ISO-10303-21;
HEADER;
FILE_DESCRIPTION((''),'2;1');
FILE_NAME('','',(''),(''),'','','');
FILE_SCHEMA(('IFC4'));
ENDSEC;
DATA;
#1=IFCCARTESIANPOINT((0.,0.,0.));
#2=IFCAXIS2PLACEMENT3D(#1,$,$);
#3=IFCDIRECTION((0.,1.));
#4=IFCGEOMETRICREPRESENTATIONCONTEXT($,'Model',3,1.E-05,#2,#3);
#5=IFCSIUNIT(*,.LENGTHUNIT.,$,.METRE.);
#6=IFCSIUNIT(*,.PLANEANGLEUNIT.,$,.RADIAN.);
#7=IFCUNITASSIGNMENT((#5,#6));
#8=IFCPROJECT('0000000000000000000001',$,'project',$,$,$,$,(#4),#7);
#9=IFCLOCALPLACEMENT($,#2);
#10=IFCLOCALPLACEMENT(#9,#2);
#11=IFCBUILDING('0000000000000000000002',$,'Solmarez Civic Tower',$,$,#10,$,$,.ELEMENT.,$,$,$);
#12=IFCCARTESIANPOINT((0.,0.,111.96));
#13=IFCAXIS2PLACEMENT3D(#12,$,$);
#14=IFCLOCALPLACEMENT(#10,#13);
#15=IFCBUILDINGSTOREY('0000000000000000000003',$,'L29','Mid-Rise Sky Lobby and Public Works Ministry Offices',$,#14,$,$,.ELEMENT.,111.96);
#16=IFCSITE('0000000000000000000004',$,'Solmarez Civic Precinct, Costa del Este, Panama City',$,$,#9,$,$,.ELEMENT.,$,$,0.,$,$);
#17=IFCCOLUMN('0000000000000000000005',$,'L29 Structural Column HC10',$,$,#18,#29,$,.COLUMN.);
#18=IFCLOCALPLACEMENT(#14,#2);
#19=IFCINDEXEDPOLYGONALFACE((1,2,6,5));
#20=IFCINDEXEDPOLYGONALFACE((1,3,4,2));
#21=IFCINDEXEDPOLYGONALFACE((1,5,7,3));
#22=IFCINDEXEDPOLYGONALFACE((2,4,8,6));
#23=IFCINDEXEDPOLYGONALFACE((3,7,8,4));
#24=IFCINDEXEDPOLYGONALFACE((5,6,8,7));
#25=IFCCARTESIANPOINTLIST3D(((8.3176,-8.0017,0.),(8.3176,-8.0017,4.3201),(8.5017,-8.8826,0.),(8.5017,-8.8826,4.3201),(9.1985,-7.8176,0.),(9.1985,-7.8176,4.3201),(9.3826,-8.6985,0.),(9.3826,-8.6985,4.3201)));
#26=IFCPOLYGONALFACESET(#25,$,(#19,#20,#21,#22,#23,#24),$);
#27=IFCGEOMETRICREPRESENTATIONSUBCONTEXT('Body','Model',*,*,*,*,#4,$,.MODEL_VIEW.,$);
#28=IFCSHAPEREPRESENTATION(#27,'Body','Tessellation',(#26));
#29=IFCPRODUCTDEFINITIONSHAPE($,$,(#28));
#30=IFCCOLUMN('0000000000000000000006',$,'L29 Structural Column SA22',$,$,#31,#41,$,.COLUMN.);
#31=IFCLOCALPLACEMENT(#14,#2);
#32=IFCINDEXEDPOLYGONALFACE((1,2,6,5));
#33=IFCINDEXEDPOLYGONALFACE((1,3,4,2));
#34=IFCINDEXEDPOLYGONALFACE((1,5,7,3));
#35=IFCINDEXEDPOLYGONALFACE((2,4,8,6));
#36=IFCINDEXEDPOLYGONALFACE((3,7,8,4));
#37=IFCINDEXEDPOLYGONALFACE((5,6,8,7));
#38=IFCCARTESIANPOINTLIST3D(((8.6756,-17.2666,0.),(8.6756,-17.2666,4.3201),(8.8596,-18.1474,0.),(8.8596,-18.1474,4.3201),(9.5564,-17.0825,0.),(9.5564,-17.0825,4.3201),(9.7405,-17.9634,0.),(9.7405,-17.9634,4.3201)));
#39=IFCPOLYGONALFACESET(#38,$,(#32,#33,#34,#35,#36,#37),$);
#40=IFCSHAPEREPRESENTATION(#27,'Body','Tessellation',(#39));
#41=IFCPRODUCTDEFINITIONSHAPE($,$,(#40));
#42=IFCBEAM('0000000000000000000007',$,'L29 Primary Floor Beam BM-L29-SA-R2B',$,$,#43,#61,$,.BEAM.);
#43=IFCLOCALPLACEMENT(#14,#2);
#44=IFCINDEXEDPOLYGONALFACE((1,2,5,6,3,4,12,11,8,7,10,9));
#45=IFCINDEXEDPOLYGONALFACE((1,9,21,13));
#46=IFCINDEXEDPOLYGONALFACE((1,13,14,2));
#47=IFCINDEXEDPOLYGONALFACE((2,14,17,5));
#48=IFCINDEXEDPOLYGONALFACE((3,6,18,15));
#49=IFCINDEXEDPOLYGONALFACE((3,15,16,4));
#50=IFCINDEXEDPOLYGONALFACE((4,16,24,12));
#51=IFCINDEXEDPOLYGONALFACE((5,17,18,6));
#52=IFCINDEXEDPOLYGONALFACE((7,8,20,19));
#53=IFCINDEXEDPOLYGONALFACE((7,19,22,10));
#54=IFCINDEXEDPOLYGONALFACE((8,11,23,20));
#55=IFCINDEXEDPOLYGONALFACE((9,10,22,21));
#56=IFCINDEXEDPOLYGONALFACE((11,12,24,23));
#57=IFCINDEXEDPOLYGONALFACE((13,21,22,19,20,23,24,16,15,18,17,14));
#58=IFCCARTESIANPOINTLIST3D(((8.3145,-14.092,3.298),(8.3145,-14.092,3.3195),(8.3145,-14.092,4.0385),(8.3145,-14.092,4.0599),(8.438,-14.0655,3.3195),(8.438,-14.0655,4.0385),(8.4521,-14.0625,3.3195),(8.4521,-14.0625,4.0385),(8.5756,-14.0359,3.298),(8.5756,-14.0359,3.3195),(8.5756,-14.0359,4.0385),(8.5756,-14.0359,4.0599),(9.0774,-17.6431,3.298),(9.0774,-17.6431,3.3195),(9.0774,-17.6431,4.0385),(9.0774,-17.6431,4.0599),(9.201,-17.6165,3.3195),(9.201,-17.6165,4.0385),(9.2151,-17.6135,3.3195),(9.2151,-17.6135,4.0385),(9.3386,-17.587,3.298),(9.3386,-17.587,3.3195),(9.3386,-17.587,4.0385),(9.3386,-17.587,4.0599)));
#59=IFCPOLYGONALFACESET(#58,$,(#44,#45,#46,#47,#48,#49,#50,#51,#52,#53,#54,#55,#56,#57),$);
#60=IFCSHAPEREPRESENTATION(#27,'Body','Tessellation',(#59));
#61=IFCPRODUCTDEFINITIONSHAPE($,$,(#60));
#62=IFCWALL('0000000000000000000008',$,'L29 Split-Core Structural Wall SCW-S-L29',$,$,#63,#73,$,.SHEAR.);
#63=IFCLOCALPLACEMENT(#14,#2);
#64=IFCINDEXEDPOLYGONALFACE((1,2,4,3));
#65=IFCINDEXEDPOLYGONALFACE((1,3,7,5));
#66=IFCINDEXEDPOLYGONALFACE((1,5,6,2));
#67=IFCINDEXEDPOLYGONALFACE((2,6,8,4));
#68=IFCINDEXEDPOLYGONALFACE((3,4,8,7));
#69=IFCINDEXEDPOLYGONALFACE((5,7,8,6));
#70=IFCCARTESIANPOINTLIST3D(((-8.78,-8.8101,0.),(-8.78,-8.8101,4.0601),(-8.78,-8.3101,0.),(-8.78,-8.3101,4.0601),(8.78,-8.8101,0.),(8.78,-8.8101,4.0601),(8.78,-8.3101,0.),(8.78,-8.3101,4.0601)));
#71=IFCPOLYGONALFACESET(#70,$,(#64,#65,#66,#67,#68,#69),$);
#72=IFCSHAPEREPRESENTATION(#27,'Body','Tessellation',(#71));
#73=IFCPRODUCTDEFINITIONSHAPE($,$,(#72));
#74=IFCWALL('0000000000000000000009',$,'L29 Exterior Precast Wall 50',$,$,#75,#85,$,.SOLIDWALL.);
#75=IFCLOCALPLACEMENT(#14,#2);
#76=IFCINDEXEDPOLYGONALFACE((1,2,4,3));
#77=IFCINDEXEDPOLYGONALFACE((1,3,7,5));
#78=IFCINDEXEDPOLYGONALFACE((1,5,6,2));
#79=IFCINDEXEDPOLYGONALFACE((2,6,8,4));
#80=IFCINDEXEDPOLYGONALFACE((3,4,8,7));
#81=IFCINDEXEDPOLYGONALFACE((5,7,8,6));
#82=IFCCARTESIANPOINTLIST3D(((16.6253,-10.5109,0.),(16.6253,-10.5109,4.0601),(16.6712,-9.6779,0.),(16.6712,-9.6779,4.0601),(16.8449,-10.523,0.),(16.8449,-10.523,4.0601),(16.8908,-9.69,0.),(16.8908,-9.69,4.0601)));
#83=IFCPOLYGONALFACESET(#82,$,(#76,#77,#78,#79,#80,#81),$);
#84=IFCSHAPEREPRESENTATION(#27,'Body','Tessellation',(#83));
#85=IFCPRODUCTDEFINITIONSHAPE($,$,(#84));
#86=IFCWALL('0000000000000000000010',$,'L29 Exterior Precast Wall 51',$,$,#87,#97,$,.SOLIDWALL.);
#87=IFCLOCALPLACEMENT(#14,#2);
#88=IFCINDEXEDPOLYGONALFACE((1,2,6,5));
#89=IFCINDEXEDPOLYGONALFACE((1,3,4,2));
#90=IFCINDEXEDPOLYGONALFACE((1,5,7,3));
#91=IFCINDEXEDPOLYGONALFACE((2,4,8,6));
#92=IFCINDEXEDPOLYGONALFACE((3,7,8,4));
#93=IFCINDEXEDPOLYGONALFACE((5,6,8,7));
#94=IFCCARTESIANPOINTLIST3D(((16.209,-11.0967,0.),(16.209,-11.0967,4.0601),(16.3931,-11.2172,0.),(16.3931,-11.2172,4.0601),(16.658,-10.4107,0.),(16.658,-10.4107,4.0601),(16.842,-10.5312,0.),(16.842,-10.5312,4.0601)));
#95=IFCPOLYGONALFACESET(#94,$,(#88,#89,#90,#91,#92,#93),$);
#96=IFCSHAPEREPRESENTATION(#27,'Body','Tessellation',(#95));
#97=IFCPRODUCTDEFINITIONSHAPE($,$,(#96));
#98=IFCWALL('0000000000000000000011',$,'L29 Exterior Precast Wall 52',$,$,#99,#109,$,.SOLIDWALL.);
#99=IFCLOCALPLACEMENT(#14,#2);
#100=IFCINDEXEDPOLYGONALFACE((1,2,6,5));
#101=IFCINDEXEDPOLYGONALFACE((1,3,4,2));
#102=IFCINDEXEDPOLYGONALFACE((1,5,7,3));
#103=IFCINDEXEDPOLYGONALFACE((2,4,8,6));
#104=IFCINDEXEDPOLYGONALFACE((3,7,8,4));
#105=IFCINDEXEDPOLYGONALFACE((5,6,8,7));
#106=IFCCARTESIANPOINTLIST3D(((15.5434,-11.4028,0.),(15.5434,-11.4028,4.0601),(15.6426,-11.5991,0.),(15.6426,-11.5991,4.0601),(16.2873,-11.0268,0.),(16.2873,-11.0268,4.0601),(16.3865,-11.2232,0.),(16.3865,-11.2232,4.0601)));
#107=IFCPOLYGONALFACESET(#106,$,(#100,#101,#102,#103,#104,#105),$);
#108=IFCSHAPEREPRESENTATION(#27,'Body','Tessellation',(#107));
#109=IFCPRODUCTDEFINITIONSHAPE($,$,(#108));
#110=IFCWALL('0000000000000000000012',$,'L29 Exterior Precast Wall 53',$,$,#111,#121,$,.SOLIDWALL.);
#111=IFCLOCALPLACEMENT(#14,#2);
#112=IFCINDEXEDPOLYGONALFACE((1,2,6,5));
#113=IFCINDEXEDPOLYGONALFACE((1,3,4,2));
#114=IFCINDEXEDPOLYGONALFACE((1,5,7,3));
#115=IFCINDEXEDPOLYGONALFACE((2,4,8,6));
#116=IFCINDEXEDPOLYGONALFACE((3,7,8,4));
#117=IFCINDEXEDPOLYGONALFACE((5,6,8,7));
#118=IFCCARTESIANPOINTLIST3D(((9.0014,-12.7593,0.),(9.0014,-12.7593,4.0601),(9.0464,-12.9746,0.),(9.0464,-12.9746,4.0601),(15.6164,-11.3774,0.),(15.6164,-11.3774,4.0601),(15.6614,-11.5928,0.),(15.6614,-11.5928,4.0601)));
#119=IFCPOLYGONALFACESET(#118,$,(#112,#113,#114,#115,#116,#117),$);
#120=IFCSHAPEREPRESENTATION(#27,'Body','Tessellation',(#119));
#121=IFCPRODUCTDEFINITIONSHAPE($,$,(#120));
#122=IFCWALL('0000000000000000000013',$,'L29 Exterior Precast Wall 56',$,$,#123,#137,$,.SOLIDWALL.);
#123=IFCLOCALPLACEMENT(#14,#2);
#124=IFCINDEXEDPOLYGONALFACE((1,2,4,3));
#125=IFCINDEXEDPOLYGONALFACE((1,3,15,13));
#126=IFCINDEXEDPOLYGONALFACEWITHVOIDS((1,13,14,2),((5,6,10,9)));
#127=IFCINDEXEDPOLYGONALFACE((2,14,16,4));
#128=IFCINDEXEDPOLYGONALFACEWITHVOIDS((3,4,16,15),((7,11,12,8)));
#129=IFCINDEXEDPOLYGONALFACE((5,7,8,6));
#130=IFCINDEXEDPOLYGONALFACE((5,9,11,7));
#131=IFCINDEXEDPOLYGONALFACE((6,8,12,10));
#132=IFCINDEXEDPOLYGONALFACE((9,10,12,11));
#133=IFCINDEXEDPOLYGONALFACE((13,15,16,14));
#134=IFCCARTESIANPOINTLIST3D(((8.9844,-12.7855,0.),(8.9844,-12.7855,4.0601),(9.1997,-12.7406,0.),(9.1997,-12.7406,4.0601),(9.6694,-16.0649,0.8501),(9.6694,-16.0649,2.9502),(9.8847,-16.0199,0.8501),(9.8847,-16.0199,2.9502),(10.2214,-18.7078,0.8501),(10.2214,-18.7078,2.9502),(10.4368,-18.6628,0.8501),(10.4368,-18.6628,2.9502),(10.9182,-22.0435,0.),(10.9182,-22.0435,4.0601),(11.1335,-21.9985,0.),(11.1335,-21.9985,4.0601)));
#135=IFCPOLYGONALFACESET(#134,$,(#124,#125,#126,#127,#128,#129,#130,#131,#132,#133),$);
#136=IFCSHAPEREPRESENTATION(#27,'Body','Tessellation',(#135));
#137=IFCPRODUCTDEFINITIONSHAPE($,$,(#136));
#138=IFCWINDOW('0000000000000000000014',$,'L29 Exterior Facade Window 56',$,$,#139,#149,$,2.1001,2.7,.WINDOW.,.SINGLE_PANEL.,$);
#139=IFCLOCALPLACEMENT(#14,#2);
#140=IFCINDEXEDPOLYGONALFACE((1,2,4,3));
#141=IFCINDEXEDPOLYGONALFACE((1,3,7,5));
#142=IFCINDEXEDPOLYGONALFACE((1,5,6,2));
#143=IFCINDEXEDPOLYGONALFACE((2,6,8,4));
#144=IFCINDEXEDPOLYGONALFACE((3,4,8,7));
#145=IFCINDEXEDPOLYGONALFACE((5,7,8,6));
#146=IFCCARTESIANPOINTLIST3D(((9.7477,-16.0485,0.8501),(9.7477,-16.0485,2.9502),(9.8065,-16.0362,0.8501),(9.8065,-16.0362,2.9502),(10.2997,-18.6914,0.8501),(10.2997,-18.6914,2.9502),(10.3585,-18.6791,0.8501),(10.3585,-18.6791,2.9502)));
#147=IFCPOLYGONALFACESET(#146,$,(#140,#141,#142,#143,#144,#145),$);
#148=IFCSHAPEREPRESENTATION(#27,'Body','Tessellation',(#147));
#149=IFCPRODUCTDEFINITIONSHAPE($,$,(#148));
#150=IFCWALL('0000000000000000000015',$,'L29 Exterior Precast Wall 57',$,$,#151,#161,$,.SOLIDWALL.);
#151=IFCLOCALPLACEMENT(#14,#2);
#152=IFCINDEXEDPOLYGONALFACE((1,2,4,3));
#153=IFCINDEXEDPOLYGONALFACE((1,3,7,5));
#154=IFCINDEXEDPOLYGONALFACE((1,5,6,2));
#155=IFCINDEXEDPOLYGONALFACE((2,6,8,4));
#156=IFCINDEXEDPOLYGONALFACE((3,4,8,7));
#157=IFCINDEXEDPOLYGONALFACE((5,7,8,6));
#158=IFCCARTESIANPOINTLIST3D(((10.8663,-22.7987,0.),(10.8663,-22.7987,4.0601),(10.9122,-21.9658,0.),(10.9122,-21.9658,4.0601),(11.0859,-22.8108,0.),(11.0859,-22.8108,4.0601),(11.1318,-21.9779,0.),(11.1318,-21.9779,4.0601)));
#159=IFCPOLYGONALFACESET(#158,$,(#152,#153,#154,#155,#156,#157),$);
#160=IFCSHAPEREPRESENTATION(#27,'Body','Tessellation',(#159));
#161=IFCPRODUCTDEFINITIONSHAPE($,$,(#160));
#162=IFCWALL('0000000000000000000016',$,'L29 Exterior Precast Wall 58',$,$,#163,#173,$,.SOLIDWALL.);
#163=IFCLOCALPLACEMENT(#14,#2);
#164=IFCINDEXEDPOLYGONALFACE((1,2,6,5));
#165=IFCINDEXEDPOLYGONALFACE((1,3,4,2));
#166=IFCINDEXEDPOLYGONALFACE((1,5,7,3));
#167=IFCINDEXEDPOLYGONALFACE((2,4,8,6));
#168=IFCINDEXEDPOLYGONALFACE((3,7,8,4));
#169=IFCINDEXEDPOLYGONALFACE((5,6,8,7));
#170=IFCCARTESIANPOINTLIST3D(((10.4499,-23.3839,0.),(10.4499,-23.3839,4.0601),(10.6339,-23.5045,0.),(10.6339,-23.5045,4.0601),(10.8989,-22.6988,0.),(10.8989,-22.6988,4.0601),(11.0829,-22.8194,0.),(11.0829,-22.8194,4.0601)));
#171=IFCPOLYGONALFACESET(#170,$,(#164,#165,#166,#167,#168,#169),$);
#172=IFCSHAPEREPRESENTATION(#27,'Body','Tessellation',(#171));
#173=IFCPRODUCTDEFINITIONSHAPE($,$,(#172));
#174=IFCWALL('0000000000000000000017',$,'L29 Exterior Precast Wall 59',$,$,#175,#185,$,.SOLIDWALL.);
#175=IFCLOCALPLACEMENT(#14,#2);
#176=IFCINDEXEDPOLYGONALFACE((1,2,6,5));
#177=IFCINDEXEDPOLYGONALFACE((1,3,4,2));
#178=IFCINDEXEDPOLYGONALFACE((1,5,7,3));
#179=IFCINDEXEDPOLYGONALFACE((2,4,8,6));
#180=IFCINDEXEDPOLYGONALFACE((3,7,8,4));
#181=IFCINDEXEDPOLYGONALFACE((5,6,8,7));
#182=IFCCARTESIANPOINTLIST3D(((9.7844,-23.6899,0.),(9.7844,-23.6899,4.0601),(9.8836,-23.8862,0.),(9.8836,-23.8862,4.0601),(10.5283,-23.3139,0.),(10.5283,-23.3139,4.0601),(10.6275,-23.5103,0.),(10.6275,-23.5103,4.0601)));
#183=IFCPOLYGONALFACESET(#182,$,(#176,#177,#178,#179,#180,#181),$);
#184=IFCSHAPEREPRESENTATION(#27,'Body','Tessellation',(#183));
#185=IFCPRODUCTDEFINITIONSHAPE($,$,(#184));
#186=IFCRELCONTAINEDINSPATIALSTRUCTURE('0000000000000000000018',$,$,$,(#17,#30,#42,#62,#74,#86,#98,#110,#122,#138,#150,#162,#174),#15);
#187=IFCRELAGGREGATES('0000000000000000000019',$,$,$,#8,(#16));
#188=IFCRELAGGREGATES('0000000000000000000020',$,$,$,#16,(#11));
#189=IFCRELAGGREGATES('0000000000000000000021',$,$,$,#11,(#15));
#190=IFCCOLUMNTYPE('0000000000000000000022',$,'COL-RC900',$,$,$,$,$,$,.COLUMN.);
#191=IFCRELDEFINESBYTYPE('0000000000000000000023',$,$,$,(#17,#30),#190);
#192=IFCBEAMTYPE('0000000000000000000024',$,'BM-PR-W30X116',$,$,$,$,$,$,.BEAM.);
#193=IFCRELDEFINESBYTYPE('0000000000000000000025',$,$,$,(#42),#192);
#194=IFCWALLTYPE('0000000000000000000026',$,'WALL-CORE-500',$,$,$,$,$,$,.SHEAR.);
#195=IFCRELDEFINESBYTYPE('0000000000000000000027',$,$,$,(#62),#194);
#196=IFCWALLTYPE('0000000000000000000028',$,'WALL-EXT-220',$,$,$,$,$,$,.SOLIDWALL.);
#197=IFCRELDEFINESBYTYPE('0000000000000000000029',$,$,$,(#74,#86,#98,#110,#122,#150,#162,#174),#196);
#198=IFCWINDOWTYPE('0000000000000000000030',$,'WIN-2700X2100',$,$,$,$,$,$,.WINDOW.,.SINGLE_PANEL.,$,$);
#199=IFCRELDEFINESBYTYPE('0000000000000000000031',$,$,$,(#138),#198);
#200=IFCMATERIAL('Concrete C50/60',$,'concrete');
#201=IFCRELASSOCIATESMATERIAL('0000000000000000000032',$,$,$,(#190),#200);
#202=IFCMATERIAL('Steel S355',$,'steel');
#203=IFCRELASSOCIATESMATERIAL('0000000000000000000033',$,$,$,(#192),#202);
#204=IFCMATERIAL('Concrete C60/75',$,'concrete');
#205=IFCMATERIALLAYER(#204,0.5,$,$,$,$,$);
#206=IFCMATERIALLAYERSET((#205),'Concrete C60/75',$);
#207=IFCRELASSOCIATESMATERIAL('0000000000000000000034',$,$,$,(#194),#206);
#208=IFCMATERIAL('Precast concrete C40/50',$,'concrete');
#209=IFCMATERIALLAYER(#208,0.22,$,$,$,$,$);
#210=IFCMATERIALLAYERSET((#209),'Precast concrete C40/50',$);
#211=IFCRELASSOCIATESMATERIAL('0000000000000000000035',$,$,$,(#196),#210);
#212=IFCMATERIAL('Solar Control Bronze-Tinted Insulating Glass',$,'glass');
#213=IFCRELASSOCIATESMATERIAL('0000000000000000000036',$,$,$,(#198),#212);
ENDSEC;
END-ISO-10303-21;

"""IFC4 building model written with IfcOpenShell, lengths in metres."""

from ifc_helpers import new_model, si_unit, direction, frame, frame_2d, origin, origin_2d, place, context, subcontext, project, spatial, rectangle, i_section, extrude, material, layer, layer_set, material_profile, profile_set, type_object, element, fill, save


model = new_model("IFC4")

# Units and contexts
model_context = context("Model", 3, precision=1e-05, world=origin(), true_north=direction((0.0, 1.0)))
body_context = subcontext(model_context, "Body", "Model", "MODEL_VIEW")
ifc_project = project(units=[si_unit("LENGTHUNIT", "METRE"), si_unit("PLANEANGLEUNIT", "RADIAN")], contexts=[model_context])

# Site, building, storey
site_placement = place(None, origin())
site = spatial("IfcSite", under=ifc_project, at=site_placement, Name="Solmarez Civic Precinct, Costa del Este, Panama City", CompositionType="ELEMENT", RefElevation=0.0)
building_placement = place(site_placement, origin())
building = spatial("IfcBuilding", under=site, at=building_placement, Name="Solmarez Civic Tower", CompositionType="ELEMENT")
storey_placement = place(building_placement, frame((0.0, 0.0, 111.96)))
storey = spatial("IfcBuildingStorey", under=building, at=storey_placement, Name="L29", Description="Mid-Rise Sky Lobby and Public Works Ministry Offices", CompositionType="ELEMENT", Elevation=111.96)

# Columns
ifc_material_1 = material(Name="Concrete C50/60", Category="concrete")
ifc_material_profile_1 = material_profile(ifc_material_1, rectangle(XDim=0.8999, YDim=0.8999, at=origin_2d()), Name="RC900X900")
ifc_profile_set_1 = profile_set([ifc_material_profile_1], Name="Concrete C50/60")
column_type = type_object("IfcColumnType", Name="COL-RC900", PredefinedType="COLUMN", material=ifc_profile_set_1)
for number, where, z_axis, x_axis, name in (
    (1, (8.8501, -8.3501, 0.0), (0.0, 0.0, 1.0), (0.978867, 0.204496, 0.0), "L29 Structural Column HC10"),
    (2, (9.208, -17.615, 0.0), (0.0, 0.0, 1.0), (0.978867, 0.204496, 0.0), "L29 Structural Column SA22"),
):
    element("IfcColumn", number, at=place(storey_placement, frame(where, z_axis=z_axis, x_axis=x_axis)), inside=storey, type_object=column_type, Name=name, PredefinedType="COLUMN", context=body_context, shape_type="SweptSolid", body=[
        extrude(rectangle(XDim=0.8999, YDim=0.8999, at=origin_2d()), origin(), (0.0, 0.0, 1.0), 4.3201),
    ])

# Beam
ifc_material_2 = material(Name="Steel S355", Category="steel")
ifc_material_profile_2 = material_profile(ifc_material_2, i_section(OverallWidth=0.2671, OverallDepth=0.762, WebThickness=0.0144, FlangeThickness=0.0215, at=origin_2d()), Name="W30X116")
ifc_profile_set_2 = profile_set([ifc_material_profile_2], Name="Steel S355")
beam_type = type_object("IfcBeamType", Name="BM-PR-W30X116", PredefinedType="BEAM", material=ifc_profile_set_2)
beam_placement = place(storey_placement, frame((8.4451, -14.064, 3.679), z_axis=(0.210057, -0.977689, 0.0), x_axis=(0.977689, 0.210057, 0.0)))
element("IfcBeam", 3, at=beam_placement, inside=storey, type_object=beam_type, Name="L29 Primary Floor Beam BM-L29-SA-R2B", PredefinedType="BEAM", context=body_context, shape_type="SweptSolid", body=[
    extrude(i_section(OverallWidth=0.2671, OverallDepth=0.762, WebThickness=0.0144, FlangeThickness=0.0215, at=origin_2d()), origin(), (0.0, 0.0, 1.0), 3.6321),
])

# Walls
ifc_material_3 = material(Name="Concrete C60/75", Category="concrete")
ifc_layer_1 = layer(ifc_material_3, 0.5)
ifc_layer_set_1 = layer_set([ifc_layer_1], Name="Concrete C60/75")
wall_type_1 = type_object("IfcWallType", Name="WALL-CORE-500", PredefinedType="SHEAR", material=ifc_layer_set_1)
wall_1_placement = place(storey_placement, frame((8.78, -8.5601, 0.0), z_axis=(0.0, 0.0, 1.0), x_axis=(-1.0, 0.0, 0.0)))
element("IfcWall", 4, at=wall_1_placement, inside=storey, type_object=wall_type_1, Name="L29 Split-Core Structural Wall SCW-S-L29", PredefinedType="SHEAR", context=body_context, shape_type="SweptSolid", body=[
    extrude(rectangle(XDim=17.5601, YDim=0.5, at=frame_2d((8.78, 0.0))), origin(), (0.0, 0.0, 1.0), 4.0601),
])
ifc_material_4 = material(Name="Precast concrete C40/50", Category="concrete")
ifc_layer_2 = layer(ifc_material_4, 0.22)
ifc_layer_set_2 = layer_set([ifc_layer_2], Name="Precast concrete C40/50")
wall_type_2 = type_object("IfcWallType", Name="WALL-EXT-220", PredefinedType="SOLIDWALL", material=ifc_layer_set_2)
wall_2_placement = place(storey_placement, frame((16.781, -9.6841, 0.0), z_axis=(0.0, 0.0, 1.0), x_axis=(-0.055016, -0.998485, 0.0)))
element("IfcWall", 5, at=wall_2_placement, inside=storey, type_object=wall_type_2, Name="L29 Exterior Precast Wall 50", PredefinedType="SOLIDWALL", context=body_context, shape_type="SweptSolid", body=[
    extrude(rectangle(XDim=0.8342, YDim=0.22, at=frame_2d((0.417, 0.0))), origin(), (0.0, 0.0, 1.0), 4.0601),
])
wall_3_placement = place(storey_placement, frame((16.75, -10.4709, 0.0), z_axis=(0.0, 0.0, 1.0), x_axis=(-0.547602, -0.836739, 0.0)))
element("IfcWall", 6, at=wall_3_placement, inside=storey, type_object=wall_type_2, Name="L29 Exterior Precast Wall 51", PredefinedType="SOLIDWALL", context=body_context, shape_type="SweptSolid", body=[
    extrude(rectangle(XDim=0.8198, YDim=0.22, at=frame_2d((0.4099, 0.0))), origin(), (0.0, 0.0, 1.0), 4.0601),
])
wall_4_placement = place(storey_placement, frame((16.3369, -11.125, 0.0), z_axis=(0.0, 0.0, 1.0), x_axis=(-0.892486, -0.451076, 0.0)))
element("IfcWall", 7, at=wall_4_placement, inside=storey, type_object=wall_type_2, Name="L29 Exterior Precast Wall 52", PredefinedType="SOLIDWALL", context=body_context, shape_type="SweptSolid", body=[
    extrude(rectangle(XDim=0.8335, YDim=0.22, at=frame_2d((0.4167, 0.0))), origin(), (0.0, 0.0, 1.0), 4.0601),
])
wall_5_placement = place(storey_placement, frame((15.6389, -11.4851, 0.0), z_axis=(0.0, 0.0, 1.0), x_axis=(-0.978871, -0.204481, 0.0)))
element("IfcWall", 8, at=wall_5_placement, inside=storey, type_object=wall_type_2, Name="L29 Exterior Precast Wall 53", PredefinedType="SOLIDWALL", context=body_context, shape_type="SweptSolid", body=[
    extrude(rectangle(XDim=6.7578, YDim=0.22, at=frame_2d((3.3789, 0.0))), origin(), (0.0, 0.0, 1.0), 4.0601),
])

# Wall, opening, window
wall_6_placement = place(storey_placement, frame((9.092, -12.7629, 0.0), z_axis=(0.0, 0.0, 1.0), x_axis=(0.204469, -0.978873, 0.0)))
wall_6 = element("IfcWall", 9, at=wall_6_placement, inside=storey, type_object=wall_type_2, Name="L29 Exterior Precast Wall 56", PredefinedType="SOLIDWALL", context=body_context, shape_type="SweptSolid", body=[
    extrude(rectangle(XDim=9.4578, YDim=0.22, at=frame_2d((4.729, 0.0))), origin(), (0.0, 0.0, 1.0), 4.0601),
])
opening_1_placement = place(wall_6_placement, frame((3.3501, 0.0, 0.8501)))
opening_1 = element("IfcOpeningElement", 10, at=opening_1_placement, cuts=wall_6, PredefinedType="OPENING", context=body_context, shape_type="SweptSolid", body=[
    extrude(rectangle(XDim=2.7, YDim=2.1001, at=frame_2d((1.3501, 1.05))), frame((0.0, 0.1199, 0.0), z_axis=(0.0, -1.0, 0.0), x_axis=(1.0, 0.0, 0.0)), (0.0, 0.0, 1.0), 0.24),
])
ifc_material_5 = material(Name="Solar Control Bronze-Tinted Insulating Glass", Category="glass")
window_type_1 = type_object("IfcWindowType", Name="WIN-2700X2100", PartitioningType="SINGLE_PANEL", PredefinedType="WINDOW", material=ifc_material_5)
window_1_placement = place(opening_1_placement, origin())
window_1 = element("IfcWindow", 11, at=window_1_placement, inside=storey, type_object=window_type_1, Name="L29 Exterior Facade Window 56", OverallHeight=2.1001, OverallWidth=2.7, PartitioningType="SINGLE_PANEL", PredefinedType="WINDOW", context=body_context, shape_type="SweptSolid", body=[
    extrude(rectangle(XDim=2.7, YDim=2.1001, at=frame_2d((1.3501, 1.05))), frame((0.0, 0.03, 0.0), z_axis=(0.0, -1.0, 0.0), x_axis=(1.0, 0.0, 0.0)), (0.0, 0.0, 1.0), 0.0601),
])
fill(opening_1, window_1)

# Walls
wall_7_placement = place(storey_placement, frame((11.022, -21.9719, 0.0), z_axis=(0.0, 0.0, 1.0), x_axis=(-0.055016, -0.998485, 0.0)))
element("IfcWall", 12, at=wall_7_placement, inside=storey, type_object=wall_type_2, Name="L29 Exterior Precast Wall 57", PredefinedType="SOLIDWALL", context=body_context, shape_type="SweptSolid", body=[
    extrude(rectangle(XDim=0.8342, YDim=0.22, at=frame_2d((0.417, 0.0))), origin(), (0.0, 0.0, 1.0), 4.0601),
])
wall_8_placement = place(storey_placement, frame((10.991, -22.759, 0.0), z_axis=(0.0, 0.0, 1.0), x_axis=(-0.548149, -0.836381, 0.0)))
element("IfcWall", 13, at=wall_8_placement, inside=storey, type_object=wall_type_2, Name="L29 Exterior Precast Wall 58", PredefinedType="SOLIDWALL", context=body_context, shape_type="SweptSolid", body=[
    extrude(rectangle(XDim=0.8191, YDim=0.22, at=frame_2d((0.4097, 0.0))), origin(), (0.0, 0.0, 1.0), 4.0601),
])
wall_9_placement = place(storey_placement, frame((10.5779, -23.4121, 0.0), z_axis=(0.0, 0.0, 1.0), x_axis=(-0.892486, -0.451076, 0.0)))
element("IfcWall", 14, at=wall_9_placement, inside=storey, type_object=wall_type_2, Name="L29 Exterior Precast Wall 59", PredefinedType="SOLIDWALL", context=body_context, shape_type="SweptSolid", body=[
    extrude(rectangle(XDim=0.8335, YDim=0.22, at=frame_2d((0.4167, 0.0))), origin(), (0.0, 0.0, 1.0), 4.0601),
])

save(model, "model.ifc")
